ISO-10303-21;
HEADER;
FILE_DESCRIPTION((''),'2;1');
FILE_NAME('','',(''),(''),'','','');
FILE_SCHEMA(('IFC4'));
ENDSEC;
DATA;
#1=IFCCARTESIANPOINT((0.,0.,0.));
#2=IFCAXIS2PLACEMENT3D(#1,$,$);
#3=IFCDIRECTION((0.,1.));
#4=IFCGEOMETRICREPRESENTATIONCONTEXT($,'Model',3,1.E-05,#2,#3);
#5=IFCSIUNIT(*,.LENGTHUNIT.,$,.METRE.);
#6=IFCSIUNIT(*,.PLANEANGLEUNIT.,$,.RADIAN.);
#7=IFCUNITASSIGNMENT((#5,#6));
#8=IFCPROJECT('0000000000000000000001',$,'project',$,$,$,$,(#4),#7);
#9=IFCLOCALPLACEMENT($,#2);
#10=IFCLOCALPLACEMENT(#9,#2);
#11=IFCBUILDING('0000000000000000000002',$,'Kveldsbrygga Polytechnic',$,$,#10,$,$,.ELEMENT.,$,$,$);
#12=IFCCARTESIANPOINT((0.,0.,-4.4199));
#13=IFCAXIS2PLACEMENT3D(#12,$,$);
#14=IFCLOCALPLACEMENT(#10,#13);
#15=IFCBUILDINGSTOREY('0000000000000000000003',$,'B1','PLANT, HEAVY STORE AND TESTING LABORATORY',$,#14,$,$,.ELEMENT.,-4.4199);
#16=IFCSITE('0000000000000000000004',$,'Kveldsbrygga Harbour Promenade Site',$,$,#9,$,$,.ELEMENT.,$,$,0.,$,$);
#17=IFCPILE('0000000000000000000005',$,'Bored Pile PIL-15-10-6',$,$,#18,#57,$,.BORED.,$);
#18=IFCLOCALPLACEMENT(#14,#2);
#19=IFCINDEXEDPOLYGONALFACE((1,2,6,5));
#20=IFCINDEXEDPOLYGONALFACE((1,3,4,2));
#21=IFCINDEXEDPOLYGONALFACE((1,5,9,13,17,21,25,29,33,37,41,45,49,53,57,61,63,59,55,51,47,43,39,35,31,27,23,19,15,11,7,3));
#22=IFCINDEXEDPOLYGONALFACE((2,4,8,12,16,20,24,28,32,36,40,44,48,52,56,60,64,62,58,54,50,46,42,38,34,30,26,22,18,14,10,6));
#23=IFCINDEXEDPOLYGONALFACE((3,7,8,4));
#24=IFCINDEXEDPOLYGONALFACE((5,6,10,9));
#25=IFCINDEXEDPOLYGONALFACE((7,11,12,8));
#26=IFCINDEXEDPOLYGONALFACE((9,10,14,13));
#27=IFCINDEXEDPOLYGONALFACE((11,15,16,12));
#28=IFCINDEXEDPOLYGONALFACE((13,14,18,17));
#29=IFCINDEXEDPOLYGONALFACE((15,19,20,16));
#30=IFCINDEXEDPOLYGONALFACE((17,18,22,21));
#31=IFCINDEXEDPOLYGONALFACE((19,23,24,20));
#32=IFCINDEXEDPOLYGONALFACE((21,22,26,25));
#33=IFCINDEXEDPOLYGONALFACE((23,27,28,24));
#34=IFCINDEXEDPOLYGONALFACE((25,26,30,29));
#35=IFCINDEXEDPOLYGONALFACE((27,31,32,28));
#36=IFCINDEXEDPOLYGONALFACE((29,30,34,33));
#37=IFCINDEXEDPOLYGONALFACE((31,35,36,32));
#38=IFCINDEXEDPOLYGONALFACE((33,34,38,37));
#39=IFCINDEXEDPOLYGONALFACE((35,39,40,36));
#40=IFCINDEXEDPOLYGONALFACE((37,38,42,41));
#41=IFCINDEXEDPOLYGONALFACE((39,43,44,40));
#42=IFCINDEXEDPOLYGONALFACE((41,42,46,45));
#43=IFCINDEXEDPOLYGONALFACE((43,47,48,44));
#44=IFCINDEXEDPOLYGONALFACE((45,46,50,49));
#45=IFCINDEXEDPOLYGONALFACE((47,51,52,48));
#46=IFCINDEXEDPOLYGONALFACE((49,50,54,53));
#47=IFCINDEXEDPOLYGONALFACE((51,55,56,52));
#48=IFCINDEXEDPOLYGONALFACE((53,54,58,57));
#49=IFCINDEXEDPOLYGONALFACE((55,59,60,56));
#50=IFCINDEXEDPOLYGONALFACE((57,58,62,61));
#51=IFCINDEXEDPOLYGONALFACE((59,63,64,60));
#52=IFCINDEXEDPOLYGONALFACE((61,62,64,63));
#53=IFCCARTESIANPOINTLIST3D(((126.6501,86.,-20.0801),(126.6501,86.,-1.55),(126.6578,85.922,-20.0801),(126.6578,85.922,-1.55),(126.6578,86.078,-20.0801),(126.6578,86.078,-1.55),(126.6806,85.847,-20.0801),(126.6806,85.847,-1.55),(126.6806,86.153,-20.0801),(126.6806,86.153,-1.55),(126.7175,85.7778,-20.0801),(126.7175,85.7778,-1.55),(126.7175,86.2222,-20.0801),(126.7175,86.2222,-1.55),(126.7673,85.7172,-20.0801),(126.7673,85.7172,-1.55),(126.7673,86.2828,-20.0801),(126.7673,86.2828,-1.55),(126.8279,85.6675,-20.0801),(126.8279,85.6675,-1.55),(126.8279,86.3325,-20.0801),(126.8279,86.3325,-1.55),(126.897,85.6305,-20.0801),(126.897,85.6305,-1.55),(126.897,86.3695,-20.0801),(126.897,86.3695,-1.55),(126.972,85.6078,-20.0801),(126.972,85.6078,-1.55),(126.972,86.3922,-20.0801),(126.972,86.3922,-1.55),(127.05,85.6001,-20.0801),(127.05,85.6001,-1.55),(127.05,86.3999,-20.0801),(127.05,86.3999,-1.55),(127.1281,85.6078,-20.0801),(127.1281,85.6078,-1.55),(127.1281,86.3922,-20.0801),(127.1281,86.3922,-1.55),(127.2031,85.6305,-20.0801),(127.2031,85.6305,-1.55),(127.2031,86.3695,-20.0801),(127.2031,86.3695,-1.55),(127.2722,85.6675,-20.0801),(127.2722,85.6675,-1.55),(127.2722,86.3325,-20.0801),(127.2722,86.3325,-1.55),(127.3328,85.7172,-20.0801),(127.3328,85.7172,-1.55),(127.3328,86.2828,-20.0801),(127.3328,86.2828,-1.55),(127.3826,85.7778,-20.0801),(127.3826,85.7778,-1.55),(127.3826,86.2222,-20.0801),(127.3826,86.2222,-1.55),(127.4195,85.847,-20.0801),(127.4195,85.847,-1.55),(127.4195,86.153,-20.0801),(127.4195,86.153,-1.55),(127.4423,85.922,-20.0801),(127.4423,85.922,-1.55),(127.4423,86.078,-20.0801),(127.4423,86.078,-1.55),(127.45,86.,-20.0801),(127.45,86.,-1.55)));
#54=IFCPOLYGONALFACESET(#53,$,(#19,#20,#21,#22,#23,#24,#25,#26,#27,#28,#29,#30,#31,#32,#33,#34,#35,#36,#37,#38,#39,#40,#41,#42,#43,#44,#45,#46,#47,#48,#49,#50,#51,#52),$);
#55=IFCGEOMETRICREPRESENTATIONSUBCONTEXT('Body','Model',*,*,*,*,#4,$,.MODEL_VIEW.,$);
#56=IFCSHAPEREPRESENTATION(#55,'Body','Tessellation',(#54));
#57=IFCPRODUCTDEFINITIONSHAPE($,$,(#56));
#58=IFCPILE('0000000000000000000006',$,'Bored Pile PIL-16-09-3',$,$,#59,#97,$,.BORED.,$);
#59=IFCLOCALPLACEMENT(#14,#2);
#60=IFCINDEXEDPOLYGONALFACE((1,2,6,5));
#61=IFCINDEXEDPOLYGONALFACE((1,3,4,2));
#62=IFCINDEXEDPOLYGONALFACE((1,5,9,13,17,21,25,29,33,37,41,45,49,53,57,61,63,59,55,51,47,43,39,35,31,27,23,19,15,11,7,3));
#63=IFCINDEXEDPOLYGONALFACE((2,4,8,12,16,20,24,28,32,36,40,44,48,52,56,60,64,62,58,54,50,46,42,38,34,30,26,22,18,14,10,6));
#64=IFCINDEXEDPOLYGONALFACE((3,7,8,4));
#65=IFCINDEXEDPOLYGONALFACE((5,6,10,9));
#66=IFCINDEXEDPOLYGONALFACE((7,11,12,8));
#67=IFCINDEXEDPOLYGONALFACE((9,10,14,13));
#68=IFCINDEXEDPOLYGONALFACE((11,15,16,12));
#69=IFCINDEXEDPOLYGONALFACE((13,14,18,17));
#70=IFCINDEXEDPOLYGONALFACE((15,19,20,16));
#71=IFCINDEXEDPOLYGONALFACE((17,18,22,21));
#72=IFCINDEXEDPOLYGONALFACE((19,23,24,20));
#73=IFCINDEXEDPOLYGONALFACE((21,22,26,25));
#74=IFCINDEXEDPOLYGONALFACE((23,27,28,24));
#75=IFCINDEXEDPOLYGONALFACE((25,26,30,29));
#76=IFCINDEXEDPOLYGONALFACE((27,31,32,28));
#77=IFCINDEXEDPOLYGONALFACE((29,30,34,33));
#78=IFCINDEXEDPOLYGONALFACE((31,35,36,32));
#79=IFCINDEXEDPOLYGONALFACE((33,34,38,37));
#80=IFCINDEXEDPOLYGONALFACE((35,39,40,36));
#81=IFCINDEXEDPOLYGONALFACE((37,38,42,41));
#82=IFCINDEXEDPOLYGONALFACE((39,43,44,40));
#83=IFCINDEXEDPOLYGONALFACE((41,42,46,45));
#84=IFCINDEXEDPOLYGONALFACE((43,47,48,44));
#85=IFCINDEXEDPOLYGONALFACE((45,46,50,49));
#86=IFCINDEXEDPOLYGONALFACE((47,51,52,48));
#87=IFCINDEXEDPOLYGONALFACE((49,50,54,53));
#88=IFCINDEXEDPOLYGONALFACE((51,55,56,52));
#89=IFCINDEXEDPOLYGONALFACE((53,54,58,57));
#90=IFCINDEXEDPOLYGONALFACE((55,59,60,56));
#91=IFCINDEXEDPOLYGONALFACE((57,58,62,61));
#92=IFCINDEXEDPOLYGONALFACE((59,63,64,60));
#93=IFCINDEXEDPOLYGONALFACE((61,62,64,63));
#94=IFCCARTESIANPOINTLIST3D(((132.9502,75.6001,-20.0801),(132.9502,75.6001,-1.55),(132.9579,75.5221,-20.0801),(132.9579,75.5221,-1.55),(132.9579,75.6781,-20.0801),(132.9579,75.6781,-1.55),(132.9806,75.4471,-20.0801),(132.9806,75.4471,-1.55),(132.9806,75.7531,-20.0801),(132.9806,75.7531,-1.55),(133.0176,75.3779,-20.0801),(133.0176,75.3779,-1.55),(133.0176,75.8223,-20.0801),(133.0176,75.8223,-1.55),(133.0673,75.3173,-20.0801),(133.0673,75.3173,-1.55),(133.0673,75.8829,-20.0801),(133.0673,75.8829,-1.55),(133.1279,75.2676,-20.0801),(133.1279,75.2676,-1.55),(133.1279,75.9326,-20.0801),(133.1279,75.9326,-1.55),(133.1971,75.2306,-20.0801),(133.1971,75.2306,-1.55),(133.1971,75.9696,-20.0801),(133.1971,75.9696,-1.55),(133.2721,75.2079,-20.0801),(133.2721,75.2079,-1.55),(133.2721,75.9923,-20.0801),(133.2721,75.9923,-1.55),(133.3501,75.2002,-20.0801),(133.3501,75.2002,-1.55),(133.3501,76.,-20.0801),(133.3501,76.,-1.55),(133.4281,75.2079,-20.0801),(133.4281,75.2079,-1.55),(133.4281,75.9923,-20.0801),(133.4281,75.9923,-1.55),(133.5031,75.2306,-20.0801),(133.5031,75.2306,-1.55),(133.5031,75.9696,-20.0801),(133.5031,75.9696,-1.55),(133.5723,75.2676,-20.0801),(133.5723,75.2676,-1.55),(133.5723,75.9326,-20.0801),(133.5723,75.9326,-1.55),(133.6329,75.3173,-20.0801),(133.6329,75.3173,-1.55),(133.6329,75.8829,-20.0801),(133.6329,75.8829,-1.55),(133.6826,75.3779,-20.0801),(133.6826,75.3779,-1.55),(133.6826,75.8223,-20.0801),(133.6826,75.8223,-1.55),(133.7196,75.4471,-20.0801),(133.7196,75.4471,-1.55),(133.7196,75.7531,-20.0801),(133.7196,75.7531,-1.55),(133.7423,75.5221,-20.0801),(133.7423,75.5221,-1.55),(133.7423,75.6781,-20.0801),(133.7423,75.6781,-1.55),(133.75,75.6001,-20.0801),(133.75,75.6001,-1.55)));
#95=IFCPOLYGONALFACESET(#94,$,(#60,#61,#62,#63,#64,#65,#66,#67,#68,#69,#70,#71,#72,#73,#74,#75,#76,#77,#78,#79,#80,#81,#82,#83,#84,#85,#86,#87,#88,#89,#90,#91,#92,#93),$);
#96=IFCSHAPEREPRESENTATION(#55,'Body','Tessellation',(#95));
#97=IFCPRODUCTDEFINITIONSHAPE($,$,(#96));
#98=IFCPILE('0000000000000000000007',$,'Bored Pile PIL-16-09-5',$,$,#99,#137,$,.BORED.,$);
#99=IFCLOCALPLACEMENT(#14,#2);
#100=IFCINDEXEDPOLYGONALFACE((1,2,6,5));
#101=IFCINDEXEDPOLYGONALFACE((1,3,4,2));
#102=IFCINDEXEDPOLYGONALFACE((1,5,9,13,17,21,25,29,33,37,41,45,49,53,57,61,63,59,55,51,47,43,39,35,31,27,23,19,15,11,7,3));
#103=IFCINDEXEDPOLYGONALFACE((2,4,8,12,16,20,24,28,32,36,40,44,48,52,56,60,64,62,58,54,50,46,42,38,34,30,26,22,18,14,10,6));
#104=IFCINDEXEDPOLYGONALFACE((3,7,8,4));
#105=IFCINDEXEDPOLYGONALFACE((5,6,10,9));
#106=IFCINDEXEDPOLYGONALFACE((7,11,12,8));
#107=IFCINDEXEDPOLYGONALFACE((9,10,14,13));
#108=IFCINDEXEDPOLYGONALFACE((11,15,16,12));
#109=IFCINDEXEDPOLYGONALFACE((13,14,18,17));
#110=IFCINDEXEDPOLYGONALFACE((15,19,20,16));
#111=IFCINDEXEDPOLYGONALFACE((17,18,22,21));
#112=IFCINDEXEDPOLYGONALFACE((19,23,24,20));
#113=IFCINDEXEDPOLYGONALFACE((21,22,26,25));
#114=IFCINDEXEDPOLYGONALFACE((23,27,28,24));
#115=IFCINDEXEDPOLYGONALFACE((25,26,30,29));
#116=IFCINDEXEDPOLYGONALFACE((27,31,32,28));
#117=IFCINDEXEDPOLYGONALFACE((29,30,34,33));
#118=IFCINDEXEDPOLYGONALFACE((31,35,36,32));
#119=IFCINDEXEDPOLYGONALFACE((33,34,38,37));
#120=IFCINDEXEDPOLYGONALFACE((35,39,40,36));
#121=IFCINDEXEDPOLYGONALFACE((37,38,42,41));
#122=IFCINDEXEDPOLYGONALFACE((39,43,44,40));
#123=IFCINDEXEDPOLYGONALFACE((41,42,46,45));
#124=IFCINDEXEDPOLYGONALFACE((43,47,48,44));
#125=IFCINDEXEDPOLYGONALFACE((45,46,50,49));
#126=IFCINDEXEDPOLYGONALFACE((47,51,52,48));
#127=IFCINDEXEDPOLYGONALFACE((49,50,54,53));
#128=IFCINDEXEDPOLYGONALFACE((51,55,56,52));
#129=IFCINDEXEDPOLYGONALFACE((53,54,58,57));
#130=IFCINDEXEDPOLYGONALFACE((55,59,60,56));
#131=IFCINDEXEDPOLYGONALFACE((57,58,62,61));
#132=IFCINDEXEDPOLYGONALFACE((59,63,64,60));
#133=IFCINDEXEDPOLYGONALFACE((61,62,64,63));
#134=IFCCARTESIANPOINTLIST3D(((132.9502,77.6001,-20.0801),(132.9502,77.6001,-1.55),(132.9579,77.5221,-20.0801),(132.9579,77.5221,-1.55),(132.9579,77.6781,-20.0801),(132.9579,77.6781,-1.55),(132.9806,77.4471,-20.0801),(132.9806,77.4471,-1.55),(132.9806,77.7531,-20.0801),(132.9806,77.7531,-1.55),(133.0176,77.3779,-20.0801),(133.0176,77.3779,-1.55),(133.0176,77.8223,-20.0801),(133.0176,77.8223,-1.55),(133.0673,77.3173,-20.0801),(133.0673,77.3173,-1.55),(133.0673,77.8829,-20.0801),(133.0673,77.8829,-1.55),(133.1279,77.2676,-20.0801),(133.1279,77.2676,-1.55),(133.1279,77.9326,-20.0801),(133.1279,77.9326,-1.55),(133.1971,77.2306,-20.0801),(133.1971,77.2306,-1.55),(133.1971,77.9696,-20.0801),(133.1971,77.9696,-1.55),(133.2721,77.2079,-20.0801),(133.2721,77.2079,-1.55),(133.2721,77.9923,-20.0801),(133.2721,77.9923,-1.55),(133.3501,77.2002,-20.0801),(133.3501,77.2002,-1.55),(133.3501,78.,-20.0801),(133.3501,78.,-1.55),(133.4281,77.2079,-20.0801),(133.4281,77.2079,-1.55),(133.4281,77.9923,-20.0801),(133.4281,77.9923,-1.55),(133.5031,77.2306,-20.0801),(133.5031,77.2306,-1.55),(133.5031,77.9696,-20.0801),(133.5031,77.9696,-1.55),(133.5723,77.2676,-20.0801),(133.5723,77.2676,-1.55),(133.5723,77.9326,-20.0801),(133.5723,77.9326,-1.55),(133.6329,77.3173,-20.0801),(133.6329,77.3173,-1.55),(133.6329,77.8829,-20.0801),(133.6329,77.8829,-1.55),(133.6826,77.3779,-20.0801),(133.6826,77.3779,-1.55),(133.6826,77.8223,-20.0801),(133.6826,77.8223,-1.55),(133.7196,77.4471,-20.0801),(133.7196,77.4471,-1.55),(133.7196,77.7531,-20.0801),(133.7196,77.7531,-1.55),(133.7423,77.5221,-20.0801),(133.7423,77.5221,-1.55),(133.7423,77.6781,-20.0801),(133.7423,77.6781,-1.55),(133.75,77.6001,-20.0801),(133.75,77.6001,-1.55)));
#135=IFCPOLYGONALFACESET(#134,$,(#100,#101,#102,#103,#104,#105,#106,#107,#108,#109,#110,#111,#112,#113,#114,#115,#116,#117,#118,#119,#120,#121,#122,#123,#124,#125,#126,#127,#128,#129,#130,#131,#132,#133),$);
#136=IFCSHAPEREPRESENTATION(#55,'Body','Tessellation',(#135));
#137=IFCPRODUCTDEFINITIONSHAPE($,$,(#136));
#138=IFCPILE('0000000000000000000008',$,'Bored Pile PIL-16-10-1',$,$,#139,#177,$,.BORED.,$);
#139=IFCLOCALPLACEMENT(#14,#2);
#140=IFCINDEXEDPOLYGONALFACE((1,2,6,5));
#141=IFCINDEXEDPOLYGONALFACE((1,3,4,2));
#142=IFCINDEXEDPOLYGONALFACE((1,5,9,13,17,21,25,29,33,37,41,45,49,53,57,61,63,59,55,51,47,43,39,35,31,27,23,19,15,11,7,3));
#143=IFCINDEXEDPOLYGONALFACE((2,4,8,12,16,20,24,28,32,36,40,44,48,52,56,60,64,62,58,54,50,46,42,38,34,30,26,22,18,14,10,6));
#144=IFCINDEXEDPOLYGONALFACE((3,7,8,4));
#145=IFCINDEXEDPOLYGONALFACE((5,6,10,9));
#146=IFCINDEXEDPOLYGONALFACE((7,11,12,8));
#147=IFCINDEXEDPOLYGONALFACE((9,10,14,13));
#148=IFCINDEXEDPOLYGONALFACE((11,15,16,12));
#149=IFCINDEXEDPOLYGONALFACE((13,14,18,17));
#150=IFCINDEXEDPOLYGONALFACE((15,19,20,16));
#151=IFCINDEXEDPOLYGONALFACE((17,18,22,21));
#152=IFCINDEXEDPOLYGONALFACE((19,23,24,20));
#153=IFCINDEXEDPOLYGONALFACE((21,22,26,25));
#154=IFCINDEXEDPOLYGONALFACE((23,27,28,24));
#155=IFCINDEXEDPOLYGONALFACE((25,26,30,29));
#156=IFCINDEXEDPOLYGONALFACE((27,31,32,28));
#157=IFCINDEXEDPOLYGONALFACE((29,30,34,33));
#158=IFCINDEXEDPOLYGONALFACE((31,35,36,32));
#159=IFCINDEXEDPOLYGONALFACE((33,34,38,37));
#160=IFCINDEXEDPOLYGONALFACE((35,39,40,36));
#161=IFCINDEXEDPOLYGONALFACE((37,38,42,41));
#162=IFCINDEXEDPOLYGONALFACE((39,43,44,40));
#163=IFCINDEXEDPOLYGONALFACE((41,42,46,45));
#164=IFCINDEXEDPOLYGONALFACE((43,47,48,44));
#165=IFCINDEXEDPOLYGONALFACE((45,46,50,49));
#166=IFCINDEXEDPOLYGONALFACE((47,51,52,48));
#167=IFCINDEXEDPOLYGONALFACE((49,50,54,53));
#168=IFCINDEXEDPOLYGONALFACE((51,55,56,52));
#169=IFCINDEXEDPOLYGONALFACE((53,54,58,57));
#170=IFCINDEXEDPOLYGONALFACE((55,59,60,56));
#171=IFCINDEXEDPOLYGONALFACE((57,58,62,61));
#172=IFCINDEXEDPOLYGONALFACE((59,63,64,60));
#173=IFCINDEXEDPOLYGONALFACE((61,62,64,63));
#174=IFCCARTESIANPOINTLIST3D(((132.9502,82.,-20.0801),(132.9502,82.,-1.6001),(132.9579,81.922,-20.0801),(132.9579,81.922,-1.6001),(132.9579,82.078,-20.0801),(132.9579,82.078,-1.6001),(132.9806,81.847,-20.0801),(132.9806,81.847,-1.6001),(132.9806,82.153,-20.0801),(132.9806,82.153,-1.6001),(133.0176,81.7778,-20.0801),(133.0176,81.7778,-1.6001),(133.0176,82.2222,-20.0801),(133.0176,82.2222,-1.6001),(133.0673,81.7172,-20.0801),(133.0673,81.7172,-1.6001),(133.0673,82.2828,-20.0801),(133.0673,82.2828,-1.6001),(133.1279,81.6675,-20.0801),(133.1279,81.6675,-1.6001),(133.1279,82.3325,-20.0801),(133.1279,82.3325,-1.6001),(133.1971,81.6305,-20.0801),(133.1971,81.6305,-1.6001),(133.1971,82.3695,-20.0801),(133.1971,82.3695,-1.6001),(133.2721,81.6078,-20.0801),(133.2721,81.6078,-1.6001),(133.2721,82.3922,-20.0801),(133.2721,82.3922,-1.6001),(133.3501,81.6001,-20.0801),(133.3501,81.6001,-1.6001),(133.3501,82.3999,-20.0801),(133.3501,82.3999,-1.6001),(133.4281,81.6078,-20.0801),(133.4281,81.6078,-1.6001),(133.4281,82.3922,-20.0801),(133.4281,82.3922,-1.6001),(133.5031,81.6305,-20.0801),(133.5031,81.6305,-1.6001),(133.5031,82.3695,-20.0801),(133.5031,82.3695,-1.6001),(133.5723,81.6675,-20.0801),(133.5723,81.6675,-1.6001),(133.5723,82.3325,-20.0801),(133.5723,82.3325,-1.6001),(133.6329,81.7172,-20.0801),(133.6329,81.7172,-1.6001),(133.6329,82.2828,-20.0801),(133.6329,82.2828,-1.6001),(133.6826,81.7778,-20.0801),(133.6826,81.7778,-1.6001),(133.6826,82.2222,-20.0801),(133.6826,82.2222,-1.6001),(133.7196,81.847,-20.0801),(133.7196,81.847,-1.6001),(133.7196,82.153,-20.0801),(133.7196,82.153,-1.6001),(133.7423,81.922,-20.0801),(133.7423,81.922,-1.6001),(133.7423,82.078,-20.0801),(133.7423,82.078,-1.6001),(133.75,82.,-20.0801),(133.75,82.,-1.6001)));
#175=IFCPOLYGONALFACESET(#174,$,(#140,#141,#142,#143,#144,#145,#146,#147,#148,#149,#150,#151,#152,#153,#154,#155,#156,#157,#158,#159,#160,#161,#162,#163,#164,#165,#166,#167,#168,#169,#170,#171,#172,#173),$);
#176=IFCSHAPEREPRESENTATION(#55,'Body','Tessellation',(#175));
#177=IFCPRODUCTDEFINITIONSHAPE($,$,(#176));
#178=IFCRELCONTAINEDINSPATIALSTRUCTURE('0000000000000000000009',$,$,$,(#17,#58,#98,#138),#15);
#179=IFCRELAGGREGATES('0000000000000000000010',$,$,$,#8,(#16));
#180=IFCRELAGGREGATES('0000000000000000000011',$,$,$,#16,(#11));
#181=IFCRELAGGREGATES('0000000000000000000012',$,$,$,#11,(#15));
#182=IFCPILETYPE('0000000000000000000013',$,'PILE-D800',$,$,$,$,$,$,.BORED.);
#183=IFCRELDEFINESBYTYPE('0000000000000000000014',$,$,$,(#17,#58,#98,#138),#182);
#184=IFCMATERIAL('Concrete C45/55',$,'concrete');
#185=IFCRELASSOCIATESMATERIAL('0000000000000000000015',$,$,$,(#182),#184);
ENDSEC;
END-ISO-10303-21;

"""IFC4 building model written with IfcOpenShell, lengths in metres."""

from ifc_helpers import new_model, si_unit, direction, frame, origin, origin_2d, place, context, subcontext, project, spatial, circle, extrude, material, material_profile, profile_set, type_object, element, save


model = new_model("IFC4")

# Units and contexts
model_context = context("Model", 3, precision=1e-05, world=origin(), true_north=direction((0.0, 1.0)))
body_context = subcontext(model_context, "Body", "Model", "MODEL_VIEW")
ifc_project = project(units=[si_unit("LENGTHUNIT", "METRE"), si_unit("PLANEANGLEUNIT", "RADIAN")], contexts=[model_context])

# Site, building, storey
site_placement = place(None, origin())
site = spatial("IfcSite", under=ifc_project, at=site_placement, Name="Kveldsbrygga Harbour Promenade Site", CompositionType="ELEMENT", RefElevation=0.0)
building_placement = place(site_placement, origin())
building = spatial("IfcBuilding", under=site, at=building_placement, Name="Kveldsbrygga Polytechnic", CompositionType="ELEMENT")
storey_placement = place(building_placement, frame((0.0, 0.0, -4.4199)))
storey = spatial("IfcBuildingStorey", under=building, at=storey_placement, Name="B1", Description="PLANT, HEAVY STORE AND TESTING LABORATORY", CompositionType="ELEMENT", Elevation=-4.4199)

# Piles
ifc_material_1 = material(Name="Concrete C45/55", Category="concrete")
ifc_material_profile_1 = material_profile(ifc_material_1, circle(Radius=0.3999, at=origin_2d()), Name="PILE D800")
ifc_profile_set_1 = profile_set([ifc_material_profile_1], Name="Concrete C45/55")
pile_type = type_object("IfcPileType", Name="PILE-D800", PredefinedType="BORED", material=ifc_profile_set_1)
for number, where, z_axis, x_axis, name in (
    (1, (127.05, 86.0, -1.55), (0.0, 0.0, -1.0), (1.0, 0.0, 0.0), "Bored Pile PIL-15-10-6"),
    (2, (133.3501, 75.6001, -1.55), (0.0, 0.0, -1.0), (1.0, 0.0, 0.0), "Bored Pile PIL-16-09-3"),
    (3, (133.3501, 77.6001, -1.55), (0.0, 0.0, -1.0), (1.0, 0.0, 0.0), "Bored Pile PIL-16-09-5"),
):
    element("IfcPile", number, at=place(storey_placement, frame(where, z_axis=z_axis, x_axis=x_axis)), inside=storey, type_object=pile_type, Name=name, PredefinedType="BORED", context=body_context, shape_type="SweptSolid", body=[
        extrude(circle(Radius=0.3999, at=origin_2d()), origin(), (0.0, 0.0, 1.0), 18.53),
    ])
for number, where, z_axis, x_axis, name in (
    (4, (133.3501, 82.0, -1.6001), (0.0, 0.0, -1.0), (1.0, 0.0, 0.0), "Bored Pile PIL-16-10-1"),
):
    element("IfcPile", number, at=place(storey_placement, frame(where, z_axis=z_axis, x_axis=x_axis)), inside=storey, type_object=pile_type, Name=name, PredefinedType="BORED", context=body_context, shape_type="SweptSolid", body=[
        extrude(circle(Radius=0.3999, at=origin_2d()), origin(), (0.0, 0.0, 1.0), 18.48),
    ])

save(model, "model.ifc")
